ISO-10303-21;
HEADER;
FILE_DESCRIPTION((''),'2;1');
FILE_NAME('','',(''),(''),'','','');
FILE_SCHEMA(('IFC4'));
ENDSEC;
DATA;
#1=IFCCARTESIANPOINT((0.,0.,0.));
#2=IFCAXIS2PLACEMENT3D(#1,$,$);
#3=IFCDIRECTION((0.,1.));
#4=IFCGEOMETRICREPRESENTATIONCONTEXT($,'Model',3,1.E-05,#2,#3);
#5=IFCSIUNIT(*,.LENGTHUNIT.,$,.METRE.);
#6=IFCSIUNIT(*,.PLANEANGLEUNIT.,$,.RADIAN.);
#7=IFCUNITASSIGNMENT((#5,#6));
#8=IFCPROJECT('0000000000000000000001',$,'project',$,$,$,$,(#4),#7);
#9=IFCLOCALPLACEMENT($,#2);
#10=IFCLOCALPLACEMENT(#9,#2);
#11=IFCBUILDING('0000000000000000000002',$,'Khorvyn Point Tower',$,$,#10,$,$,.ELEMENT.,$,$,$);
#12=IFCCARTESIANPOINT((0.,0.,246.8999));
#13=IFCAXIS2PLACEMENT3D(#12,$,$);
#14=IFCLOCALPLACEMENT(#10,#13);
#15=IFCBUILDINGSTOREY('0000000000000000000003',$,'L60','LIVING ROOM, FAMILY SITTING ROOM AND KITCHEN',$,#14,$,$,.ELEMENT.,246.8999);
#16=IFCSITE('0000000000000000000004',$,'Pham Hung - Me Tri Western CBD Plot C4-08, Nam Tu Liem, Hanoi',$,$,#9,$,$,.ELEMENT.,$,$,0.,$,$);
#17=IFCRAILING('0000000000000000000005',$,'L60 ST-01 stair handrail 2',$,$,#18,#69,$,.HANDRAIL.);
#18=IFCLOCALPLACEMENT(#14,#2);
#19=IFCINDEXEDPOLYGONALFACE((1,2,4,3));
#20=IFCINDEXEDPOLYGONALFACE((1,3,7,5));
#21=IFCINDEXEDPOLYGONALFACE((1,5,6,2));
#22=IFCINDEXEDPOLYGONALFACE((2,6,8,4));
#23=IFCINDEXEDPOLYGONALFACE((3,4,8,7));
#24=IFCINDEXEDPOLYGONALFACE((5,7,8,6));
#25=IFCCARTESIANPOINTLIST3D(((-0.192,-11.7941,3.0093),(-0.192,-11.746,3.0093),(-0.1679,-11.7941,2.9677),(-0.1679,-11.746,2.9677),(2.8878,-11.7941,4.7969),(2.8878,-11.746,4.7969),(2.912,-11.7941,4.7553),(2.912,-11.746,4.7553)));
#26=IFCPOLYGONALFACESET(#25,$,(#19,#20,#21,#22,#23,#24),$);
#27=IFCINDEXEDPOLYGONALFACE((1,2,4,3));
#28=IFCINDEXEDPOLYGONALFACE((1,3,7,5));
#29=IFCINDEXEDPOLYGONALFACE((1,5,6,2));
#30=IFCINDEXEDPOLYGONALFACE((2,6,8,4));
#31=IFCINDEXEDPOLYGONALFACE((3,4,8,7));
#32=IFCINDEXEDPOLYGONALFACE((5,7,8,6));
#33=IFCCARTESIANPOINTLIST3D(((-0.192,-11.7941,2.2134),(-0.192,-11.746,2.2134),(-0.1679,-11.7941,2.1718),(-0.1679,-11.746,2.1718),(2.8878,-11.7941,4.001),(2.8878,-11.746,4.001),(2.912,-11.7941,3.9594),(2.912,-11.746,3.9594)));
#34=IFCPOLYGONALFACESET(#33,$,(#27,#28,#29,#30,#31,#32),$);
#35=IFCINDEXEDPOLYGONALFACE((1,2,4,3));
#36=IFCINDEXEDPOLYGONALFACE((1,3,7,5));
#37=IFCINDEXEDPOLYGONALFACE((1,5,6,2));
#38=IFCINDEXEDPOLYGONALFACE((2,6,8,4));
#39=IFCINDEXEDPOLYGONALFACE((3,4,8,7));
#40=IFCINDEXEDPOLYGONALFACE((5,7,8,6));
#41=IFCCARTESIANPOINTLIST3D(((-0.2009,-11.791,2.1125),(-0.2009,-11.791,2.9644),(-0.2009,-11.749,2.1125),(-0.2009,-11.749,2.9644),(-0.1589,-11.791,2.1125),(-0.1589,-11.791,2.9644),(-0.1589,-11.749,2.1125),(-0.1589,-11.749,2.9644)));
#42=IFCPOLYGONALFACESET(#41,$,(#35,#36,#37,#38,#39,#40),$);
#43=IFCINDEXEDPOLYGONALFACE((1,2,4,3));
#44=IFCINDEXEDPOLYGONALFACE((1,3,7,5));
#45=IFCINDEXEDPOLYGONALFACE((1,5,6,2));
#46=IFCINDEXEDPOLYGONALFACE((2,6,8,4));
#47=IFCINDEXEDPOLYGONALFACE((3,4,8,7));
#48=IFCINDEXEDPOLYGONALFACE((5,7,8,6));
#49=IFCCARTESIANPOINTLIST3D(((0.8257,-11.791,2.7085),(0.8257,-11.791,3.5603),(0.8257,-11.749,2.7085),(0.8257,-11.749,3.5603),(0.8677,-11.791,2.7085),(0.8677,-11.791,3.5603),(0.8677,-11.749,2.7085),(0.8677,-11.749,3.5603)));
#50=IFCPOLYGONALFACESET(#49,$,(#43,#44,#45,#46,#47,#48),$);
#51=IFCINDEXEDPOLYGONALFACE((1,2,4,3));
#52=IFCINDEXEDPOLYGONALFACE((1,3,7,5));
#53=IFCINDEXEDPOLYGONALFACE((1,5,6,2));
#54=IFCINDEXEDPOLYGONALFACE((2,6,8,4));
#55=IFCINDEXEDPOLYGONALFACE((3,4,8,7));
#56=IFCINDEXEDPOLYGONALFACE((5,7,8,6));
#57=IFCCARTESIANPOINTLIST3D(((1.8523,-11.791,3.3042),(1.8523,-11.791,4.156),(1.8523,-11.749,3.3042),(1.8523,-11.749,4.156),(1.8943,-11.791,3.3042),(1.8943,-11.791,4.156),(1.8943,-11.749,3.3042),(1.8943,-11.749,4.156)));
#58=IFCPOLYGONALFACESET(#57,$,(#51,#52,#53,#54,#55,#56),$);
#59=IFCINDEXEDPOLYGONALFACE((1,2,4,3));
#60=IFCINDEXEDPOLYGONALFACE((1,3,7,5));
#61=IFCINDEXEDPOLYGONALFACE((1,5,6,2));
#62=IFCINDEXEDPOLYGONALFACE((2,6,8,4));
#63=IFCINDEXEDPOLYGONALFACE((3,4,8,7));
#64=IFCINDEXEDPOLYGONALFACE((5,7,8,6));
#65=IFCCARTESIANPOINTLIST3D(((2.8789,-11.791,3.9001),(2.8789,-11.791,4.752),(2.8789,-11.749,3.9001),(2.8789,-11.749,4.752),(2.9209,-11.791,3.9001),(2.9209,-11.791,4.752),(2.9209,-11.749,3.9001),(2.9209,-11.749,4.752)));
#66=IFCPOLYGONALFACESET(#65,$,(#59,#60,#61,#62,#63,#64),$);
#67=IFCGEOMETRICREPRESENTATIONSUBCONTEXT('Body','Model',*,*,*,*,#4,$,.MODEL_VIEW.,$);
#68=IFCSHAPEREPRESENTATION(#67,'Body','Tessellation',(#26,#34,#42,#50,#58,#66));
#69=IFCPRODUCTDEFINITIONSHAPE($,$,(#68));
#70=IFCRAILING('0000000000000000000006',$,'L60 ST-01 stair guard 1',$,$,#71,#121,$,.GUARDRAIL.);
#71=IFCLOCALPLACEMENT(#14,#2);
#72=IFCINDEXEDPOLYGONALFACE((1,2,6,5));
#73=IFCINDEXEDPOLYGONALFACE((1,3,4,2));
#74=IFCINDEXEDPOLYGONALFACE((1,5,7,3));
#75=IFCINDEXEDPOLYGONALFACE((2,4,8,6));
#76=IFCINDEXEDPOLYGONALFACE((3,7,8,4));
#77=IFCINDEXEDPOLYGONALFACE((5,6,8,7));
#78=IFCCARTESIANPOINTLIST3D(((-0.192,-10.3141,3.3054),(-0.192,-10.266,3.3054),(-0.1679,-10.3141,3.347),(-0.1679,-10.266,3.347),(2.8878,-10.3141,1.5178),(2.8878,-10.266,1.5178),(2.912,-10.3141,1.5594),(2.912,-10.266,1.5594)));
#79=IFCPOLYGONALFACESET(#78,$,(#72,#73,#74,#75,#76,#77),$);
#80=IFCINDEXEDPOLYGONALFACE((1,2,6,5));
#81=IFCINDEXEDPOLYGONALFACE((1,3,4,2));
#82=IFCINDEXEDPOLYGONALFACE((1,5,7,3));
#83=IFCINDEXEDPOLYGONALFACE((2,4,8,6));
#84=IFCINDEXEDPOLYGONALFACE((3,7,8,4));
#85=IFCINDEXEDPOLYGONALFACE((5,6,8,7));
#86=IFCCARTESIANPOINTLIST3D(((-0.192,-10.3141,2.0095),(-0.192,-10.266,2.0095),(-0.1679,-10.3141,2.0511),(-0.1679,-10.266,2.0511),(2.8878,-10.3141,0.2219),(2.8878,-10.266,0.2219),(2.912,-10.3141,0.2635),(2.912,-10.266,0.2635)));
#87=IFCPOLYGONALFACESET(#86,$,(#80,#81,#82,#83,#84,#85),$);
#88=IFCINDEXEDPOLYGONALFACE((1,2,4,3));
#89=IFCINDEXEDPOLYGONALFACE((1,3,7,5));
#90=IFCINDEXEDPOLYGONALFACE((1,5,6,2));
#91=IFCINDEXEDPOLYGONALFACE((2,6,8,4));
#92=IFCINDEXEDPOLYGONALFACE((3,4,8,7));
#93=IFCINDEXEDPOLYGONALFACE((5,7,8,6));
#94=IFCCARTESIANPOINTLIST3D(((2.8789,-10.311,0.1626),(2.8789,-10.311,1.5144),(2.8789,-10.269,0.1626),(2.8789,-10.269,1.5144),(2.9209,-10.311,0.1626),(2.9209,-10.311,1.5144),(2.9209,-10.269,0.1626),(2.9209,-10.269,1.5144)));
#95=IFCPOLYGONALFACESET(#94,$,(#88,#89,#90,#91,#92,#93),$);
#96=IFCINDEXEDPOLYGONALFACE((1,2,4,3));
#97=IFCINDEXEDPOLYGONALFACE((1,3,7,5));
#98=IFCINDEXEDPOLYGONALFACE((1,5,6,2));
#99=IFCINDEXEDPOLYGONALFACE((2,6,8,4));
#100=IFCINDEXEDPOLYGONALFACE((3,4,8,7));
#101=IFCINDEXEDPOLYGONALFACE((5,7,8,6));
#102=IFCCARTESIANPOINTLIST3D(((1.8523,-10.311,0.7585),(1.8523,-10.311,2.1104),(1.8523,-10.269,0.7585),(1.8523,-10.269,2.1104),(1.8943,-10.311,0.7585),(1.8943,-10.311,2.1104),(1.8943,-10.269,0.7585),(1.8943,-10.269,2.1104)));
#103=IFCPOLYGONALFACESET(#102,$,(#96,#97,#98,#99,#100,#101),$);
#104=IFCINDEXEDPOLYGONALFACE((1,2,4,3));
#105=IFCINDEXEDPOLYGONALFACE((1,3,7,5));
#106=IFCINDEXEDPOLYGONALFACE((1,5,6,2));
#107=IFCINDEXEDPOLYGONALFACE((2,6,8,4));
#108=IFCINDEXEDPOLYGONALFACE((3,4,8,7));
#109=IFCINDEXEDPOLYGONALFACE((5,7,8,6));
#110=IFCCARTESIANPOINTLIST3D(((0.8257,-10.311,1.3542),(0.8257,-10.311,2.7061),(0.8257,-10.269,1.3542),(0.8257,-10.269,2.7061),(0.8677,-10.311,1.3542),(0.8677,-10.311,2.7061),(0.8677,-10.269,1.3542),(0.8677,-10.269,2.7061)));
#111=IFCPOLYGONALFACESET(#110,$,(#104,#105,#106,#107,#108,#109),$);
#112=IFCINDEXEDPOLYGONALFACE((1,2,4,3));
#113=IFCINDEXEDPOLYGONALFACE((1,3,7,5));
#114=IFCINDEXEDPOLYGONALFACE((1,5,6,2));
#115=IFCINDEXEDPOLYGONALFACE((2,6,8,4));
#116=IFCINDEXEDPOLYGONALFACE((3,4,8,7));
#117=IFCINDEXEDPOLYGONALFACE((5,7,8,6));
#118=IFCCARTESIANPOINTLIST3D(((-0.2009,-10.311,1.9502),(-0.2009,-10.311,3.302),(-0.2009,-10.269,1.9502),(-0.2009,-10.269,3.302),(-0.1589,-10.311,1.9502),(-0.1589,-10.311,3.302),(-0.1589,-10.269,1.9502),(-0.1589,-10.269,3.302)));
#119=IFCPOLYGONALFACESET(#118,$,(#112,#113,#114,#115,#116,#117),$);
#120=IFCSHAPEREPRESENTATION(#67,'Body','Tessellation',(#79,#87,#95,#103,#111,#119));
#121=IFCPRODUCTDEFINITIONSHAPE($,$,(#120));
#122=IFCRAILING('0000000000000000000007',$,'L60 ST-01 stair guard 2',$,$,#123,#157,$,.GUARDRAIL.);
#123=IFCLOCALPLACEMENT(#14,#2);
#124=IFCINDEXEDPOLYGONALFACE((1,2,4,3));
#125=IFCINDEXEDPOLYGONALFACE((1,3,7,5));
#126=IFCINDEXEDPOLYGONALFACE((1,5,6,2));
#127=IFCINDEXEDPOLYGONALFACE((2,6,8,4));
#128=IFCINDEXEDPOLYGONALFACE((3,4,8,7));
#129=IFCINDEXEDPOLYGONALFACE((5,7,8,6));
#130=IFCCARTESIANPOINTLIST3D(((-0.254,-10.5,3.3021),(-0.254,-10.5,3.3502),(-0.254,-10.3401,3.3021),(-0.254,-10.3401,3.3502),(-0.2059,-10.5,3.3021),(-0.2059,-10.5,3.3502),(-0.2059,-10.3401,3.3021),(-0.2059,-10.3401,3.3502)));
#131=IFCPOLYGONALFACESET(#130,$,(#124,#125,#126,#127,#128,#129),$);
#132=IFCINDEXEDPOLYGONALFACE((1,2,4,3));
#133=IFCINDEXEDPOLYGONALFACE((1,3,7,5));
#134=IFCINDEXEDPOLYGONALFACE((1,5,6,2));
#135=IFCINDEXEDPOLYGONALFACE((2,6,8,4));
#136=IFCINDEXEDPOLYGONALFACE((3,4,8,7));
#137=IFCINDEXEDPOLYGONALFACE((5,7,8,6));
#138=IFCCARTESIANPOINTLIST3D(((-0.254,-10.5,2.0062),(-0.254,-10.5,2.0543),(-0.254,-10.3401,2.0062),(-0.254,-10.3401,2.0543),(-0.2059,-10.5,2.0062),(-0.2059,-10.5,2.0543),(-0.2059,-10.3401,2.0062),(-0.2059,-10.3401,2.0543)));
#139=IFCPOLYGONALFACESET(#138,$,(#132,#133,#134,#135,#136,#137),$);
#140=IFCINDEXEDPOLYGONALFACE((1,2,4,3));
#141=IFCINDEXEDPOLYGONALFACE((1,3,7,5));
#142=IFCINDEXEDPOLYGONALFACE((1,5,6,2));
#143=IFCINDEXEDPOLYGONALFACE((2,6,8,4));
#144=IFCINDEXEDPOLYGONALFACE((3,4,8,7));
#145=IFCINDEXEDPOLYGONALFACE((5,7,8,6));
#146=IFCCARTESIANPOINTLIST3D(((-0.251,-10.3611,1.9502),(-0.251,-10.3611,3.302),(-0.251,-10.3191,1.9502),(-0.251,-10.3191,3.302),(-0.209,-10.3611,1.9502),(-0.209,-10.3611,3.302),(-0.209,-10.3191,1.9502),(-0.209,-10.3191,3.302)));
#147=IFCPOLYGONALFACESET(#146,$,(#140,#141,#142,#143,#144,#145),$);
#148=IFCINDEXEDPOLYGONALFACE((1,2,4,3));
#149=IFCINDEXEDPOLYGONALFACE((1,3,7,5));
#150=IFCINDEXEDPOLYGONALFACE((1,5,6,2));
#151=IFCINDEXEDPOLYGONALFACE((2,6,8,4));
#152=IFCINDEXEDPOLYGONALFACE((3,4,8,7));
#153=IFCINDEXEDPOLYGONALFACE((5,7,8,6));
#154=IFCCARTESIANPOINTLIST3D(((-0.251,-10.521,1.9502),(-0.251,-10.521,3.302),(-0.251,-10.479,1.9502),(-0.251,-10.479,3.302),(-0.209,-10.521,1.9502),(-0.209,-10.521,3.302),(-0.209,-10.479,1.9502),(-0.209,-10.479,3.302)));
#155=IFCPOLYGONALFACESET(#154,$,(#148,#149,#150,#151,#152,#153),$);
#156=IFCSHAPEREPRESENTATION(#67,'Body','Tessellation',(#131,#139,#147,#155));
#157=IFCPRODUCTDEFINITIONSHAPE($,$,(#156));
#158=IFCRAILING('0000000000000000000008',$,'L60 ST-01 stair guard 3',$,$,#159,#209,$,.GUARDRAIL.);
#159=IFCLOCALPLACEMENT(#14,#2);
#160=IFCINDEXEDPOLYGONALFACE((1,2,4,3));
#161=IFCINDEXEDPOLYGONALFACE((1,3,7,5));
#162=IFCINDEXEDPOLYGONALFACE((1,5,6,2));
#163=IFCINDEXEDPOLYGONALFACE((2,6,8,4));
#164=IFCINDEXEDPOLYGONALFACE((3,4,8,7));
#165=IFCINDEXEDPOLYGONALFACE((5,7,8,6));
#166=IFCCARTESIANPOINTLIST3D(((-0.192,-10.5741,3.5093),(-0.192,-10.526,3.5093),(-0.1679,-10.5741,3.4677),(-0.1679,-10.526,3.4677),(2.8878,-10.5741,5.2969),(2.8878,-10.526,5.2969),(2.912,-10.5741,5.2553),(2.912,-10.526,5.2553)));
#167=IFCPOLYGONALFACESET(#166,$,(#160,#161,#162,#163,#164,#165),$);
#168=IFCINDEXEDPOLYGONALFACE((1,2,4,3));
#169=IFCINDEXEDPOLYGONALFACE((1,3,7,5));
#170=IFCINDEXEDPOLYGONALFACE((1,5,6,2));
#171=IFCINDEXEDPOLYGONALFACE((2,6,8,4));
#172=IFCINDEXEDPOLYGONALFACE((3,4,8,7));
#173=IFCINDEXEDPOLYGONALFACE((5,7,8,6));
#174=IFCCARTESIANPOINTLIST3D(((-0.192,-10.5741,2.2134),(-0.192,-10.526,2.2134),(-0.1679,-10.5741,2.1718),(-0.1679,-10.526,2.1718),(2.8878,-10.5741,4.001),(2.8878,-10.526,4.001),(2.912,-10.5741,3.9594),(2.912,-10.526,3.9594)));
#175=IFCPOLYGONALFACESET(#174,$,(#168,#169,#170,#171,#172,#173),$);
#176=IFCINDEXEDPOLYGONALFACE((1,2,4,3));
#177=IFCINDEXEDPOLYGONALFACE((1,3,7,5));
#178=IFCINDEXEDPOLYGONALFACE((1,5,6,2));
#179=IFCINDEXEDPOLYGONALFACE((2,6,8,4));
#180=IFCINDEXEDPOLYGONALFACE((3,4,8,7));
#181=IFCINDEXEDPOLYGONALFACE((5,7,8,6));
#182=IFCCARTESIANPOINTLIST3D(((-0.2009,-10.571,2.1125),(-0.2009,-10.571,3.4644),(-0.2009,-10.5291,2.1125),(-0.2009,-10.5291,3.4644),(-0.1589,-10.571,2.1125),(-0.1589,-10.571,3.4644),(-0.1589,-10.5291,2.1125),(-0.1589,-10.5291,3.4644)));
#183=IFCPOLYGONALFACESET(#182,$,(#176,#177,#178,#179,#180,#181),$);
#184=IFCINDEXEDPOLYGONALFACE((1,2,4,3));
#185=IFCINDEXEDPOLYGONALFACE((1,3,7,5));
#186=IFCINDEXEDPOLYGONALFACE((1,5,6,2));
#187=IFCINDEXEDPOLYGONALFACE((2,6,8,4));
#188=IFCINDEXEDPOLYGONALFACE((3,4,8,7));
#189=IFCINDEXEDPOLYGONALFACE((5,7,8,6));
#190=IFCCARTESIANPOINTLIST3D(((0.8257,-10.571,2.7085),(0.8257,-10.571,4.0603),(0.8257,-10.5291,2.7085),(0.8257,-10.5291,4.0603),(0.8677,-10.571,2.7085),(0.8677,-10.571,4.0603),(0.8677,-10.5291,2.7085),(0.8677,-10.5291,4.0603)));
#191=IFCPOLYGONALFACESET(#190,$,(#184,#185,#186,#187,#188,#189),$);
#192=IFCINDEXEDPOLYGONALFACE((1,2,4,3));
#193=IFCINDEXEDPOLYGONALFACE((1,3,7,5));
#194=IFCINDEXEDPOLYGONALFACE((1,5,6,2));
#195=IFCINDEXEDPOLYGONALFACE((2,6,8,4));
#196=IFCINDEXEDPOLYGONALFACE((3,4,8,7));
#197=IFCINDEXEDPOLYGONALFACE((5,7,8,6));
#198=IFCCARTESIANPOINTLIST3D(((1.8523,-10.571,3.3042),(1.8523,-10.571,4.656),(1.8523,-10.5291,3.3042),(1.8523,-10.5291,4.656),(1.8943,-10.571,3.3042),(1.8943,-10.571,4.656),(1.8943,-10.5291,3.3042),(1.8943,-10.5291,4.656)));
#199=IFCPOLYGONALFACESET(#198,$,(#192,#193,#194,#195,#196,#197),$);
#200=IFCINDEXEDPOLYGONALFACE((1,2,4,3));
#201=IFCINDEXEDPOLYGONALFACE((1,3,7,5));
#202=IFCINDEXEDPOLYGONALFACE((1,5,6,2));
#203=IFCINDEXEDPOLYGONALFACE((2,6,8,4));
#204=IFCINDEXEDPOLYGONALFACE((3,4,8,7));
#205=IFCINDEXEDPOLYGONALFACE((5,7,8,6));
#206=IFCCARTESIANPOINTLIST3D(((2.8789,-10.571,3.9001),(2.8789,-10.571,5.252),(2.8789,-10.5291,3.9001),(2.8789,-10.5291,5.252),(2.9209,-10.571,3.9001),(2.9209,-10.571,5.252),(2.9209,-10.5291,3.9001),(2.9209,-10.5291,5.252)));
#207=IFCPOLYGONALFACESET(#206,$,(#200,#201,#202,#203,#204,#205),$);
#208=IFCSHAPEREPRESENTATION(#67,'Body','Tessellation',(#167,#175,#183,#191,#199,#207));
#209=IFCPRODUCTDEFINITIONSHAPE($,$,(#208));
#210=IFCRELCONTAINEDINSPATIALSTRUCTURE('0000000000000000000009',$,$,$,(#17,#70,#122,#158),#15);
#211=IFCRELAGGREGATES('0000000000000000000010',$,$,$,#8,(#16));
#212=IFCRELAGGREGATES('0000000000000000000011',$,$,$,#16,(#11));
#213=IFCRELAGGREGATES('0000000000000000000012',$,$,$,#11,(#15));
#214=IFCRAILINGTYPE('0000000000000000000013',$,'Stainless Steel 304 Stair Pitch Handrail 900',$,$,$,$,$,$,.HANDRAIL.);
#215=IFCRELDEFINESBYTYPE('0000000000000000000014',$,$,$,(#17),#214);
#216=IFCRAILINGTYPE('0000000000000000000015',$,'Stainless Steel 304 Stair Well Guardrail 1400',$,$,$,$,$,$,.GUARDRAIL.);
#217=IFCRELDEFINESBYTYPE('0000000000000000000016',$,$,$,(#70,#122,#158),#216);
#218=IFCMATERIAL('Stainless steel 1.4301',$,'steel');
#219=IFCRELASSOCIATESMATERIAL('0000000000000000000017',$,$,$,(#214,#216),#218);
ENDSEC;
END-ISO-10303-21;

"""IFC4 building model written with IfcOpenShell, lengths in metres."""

from ifc_helpers import new_model, si_unit, direction, frame, origin, origin_2d, place, context, subcontext, project, spatial, rectangle, extrude, material, type_object, element, save


model = new_model("IFC4")

# Units and contexts
model_context = context("Model", 3, precision=1e-05, world=origin(), true_north=direction((0.0, 1.0)))
body_context = subcontext(model_context, "Body", "Model", "MODEL_VIEW")
ifc_project = project(units=[si_unit("LENGTHUNIT", "METRE"), si_unit("PLANEANGLEUNIT", "RADIAN")], contexts=[model_context])

# Site, building, storey
site_placement = place(None, origin())
site = spatial("IfcSite", under=ifc_project, at=site_placement, Name="Pham Hung - Me Tri Western CBD Plot C4-08, Nam Tu Liem, Hanoi", CompositionType="ELEMENT", RefElevation=0.0)
building_placement = place(site_placement, origin())
building = spatial("IfcBuilding", under=site, at=building_placement, Name="Khorvyn Point Tower", CompositionType="ELEMENT")
storey_placement = place(building_placement, frame((0.0, 0.0, 246.8999)))
storey = spatial("IfcBuildingStorey", under=building, at=storey_placement, Name="L60", Description="LIVING ROOM, FAMILY SITTING ROOM AND KITCHEN", CompositionType="ELEMENT", Elevation=246.8999)

# Shared definitions
ifc_material_1 = material(Name="Stainless steel 1.4301", Category="steel")

# Railings
railing_type_1 = type_object("IfcRailingType", Name="Stainless Steel 304 Stair Pitch Handrail 900", PredefinedType="HANDRAIL", material=ifc_material_1)
railing_1_placement = place(storey_placement, frame((-0.1799, -11.77, 2.1125)))
element("IfcRailing", 1, at=railing_1_placement, inside=storey, type_object=railing_type_1, Name="L60 ST-01 stair handrail 2", PredefinedType="HANDRAIL", context=body_context, shape_type="SweptSolid", body=[
    extrude(rectangle(XDim=0.0481, YDim=0.0481, at=origin_2d()), frame((0.0, 0.0, 0.876), z_axis=(0.864873, 0.0, 0.50199), x_axis=(0.0, 1.0, 0.0)), (0.0, 0.0, 1.0), 3.561),
    extrude(rectangle(XDim=0.0481, YDim=0.0481, at=origin_2d()), frame((0.0, 0.0, 0.0801), z_axis=(0.864873, 0.0, 0.50199), x_axis=(0.0, 1.0, 0.0)), (0.0, 0.0, 1.0), 3.561),
    extrude(rectangle(XDim=0.042, YDim=0.042, at=origin_2d()), origin(), (0.0, 0.0, 1.0), 0.8518),
    extrude(rectangle(XDim=0.042, YDim=0.042, at=origin_2d()), frame((1.0266, 0.0, 0.5959)), (0.0, 0.0, 1.0), 0.8518),
    extrude(rectangle(XDim=0.042, YDim=0.042, at=origin_2d()), frame((2.0532, 0.0, 1.1917)), (0.0, 0.0, 1.0), 0.8518),
    extrude(rectangle(XDim=0.042, YDim=0.042, at=origin_2d()), frame((3.0798, 0.0, 1.7876)), (0.0, 0.0, 1.0), 0.8518),
])
railing_type_2 = type_object("IfcRailingType", Name="Stainless Steel 304 Stair Well Guardrail 1400", PredefinedType="GUARDRAIL", material=ifc_material_1)
railing_2_placement = place(storey_placement, frame((2.8999, -10.29, 0.1626)))
element("IfcRailing", 2, at=railing_2_placement, inside=storey, type_object=railing_type_2, Name="L60 ST-01 stair guard 1", PredefinedType="GUARDRAIL", context=body_context, shape_type="SweptSolid", body=[
    extrude(rectangle(XDim=0.0481, YDim=0.0481, at=origin_2d()), frame((0.0, 0.0, 1.376), z_axis=(-0.864873, 0.0, 0.50199), x_axis=(0.0, -1.0, 0.0)), (0.0, 0.0, 1.0), 3.561),
    extrude(rectangle(XDim=0.0481, YDim=0.0481, at=origin_2d()), frame((0.0, 0.0, 0.0801), z_axis=(-0.864873, 0.0, 0.50199), x_axis=(0.0, -1.0, 0.0)), (0.0, 0.0, 1.0), 3.561),
    extrude(rectangle(XDim=0.042, YDim=0.042, at=origin_2d()), origin(), (0.0, 0.0, 1.0), 1.3518),
    extrude(rectangle(XDim=0.042, YDim=0.042, at=origin_2d()), frame((-1.0266, 0.0, 0.5959)), (0.0, 0.0, 1.0), 1.3518),
    extrude(rectangle(XDim=0.042, YDim=0.042, at=origin_2d()), frame((-2.0532, 0.0, 1.1917)), (0.0, 0.0, 1.0), 1.3518),
    extrude(rectangle(XDim=0.042, YDim=0.042, at=origin_2d()), frame((-3.0798, 0.0, 1.7876)), (0.0, 0.0, 1.0), 1.3518),
])
railing_3_placement = place(storey_placement, frame((-0.23, -10.3401, 1.9502)))
element("IfcRailing", 3, at=railing_3_placement, inside=storey, type_object=railing_type_2, Name="L60 ST-01 stair guard 2", PredefinedType="GUARDRAIL", context=body_context, shape_type="SweptSolid", body=[
    extrude(rectangle(XDim=0.0481, YDim=0.0481, at=origin_2d()), frame((0.0, 0.0, 1.376), z_axis=(0.0, -1.0, 0.0), x_axis=(1.0, 0.0, 0.0)), (0.0, 0.0, 1.0), 0.1599),
    extrude(rectangle(XDim=0.0481, YDim=0.0481, at=origin_2d()), frame((0.0, 0.0, 0.0801), z_axis=(0.0, -1.0, 0.0), x_axis=(1.0, 0.0, 0.0)), (0.0, 0.0, 1.0), 0.1599),
    extrude(rectangle(XDim=0.042, YDim=0.042, at=origin_2d()), origin(), (0.0, 0.0, 1.0), 1.3518),
    extrude(rectangle(XDim=0.042, YDim=0.042, at=origin_2d()), frame((0.0, -0.1599, 0.0)), (0.0, 0.0, 1.0), 1.3518),
])
railing_4_placement = place(storey_placement, frame((-0.1799, -10.55, 2.1125)))
element("IfcRailing", 4, at=railing_4_placement, inside=storey, type_object=railing_type_2, Name="L60 ST-01 stair guard 3", PredefinedType="GUARDRAIL", context=body_context, shape_type="SweptSolid", body=[
    extrude(rectangle(XDim=0.0481, YDim=0.0481, at=origin_2d()), frame((0.0, 0.0, 1.376), z_axis=(0.864873, 0.0, 0.50199), x_axis=(0.0, 1.0, 0.0)), (0.0, 0.0, 1.0), 3.561),
    extrude(rectangle(XDim=0.0481, YDim=0.0481, at=origin_2d()), frame((0.0, 0.0, 0.0801), z_axis=(0.864873, 0.0, 0.50199), x_axis=(0.0, 1.0, 0.0)), (0.0, 0.0, 1.0), 3.561),
    extrude(rectangle(XDim=0.042, YDim=0.042, at=origin_2d()), origin(), (0.0, 0.0, 1.0), 1.3518),
    extrude(rectangle(XDim=0.042, YDim=0.042, at=origin_2d()), frame((1.0266, 0.0, 0.5959)), (0.0, 0.0, 1.0), 1.3518),
    extrude(rectangle(XDim=0.042, YDim=0.042, at=origin_2d()), frame((2.0532, 0.0, 1.1917)), (0.0, 0.0, 1.0), 1.3518),
    extrude(rectangle(XDim=0.042, YDim=0.042, at=origin_2d()), frame((3.0798, 0.0, 1.7876)), (0.0, 0.0, 1.0), 1.3518),
])

save(model, "model.ifc")
